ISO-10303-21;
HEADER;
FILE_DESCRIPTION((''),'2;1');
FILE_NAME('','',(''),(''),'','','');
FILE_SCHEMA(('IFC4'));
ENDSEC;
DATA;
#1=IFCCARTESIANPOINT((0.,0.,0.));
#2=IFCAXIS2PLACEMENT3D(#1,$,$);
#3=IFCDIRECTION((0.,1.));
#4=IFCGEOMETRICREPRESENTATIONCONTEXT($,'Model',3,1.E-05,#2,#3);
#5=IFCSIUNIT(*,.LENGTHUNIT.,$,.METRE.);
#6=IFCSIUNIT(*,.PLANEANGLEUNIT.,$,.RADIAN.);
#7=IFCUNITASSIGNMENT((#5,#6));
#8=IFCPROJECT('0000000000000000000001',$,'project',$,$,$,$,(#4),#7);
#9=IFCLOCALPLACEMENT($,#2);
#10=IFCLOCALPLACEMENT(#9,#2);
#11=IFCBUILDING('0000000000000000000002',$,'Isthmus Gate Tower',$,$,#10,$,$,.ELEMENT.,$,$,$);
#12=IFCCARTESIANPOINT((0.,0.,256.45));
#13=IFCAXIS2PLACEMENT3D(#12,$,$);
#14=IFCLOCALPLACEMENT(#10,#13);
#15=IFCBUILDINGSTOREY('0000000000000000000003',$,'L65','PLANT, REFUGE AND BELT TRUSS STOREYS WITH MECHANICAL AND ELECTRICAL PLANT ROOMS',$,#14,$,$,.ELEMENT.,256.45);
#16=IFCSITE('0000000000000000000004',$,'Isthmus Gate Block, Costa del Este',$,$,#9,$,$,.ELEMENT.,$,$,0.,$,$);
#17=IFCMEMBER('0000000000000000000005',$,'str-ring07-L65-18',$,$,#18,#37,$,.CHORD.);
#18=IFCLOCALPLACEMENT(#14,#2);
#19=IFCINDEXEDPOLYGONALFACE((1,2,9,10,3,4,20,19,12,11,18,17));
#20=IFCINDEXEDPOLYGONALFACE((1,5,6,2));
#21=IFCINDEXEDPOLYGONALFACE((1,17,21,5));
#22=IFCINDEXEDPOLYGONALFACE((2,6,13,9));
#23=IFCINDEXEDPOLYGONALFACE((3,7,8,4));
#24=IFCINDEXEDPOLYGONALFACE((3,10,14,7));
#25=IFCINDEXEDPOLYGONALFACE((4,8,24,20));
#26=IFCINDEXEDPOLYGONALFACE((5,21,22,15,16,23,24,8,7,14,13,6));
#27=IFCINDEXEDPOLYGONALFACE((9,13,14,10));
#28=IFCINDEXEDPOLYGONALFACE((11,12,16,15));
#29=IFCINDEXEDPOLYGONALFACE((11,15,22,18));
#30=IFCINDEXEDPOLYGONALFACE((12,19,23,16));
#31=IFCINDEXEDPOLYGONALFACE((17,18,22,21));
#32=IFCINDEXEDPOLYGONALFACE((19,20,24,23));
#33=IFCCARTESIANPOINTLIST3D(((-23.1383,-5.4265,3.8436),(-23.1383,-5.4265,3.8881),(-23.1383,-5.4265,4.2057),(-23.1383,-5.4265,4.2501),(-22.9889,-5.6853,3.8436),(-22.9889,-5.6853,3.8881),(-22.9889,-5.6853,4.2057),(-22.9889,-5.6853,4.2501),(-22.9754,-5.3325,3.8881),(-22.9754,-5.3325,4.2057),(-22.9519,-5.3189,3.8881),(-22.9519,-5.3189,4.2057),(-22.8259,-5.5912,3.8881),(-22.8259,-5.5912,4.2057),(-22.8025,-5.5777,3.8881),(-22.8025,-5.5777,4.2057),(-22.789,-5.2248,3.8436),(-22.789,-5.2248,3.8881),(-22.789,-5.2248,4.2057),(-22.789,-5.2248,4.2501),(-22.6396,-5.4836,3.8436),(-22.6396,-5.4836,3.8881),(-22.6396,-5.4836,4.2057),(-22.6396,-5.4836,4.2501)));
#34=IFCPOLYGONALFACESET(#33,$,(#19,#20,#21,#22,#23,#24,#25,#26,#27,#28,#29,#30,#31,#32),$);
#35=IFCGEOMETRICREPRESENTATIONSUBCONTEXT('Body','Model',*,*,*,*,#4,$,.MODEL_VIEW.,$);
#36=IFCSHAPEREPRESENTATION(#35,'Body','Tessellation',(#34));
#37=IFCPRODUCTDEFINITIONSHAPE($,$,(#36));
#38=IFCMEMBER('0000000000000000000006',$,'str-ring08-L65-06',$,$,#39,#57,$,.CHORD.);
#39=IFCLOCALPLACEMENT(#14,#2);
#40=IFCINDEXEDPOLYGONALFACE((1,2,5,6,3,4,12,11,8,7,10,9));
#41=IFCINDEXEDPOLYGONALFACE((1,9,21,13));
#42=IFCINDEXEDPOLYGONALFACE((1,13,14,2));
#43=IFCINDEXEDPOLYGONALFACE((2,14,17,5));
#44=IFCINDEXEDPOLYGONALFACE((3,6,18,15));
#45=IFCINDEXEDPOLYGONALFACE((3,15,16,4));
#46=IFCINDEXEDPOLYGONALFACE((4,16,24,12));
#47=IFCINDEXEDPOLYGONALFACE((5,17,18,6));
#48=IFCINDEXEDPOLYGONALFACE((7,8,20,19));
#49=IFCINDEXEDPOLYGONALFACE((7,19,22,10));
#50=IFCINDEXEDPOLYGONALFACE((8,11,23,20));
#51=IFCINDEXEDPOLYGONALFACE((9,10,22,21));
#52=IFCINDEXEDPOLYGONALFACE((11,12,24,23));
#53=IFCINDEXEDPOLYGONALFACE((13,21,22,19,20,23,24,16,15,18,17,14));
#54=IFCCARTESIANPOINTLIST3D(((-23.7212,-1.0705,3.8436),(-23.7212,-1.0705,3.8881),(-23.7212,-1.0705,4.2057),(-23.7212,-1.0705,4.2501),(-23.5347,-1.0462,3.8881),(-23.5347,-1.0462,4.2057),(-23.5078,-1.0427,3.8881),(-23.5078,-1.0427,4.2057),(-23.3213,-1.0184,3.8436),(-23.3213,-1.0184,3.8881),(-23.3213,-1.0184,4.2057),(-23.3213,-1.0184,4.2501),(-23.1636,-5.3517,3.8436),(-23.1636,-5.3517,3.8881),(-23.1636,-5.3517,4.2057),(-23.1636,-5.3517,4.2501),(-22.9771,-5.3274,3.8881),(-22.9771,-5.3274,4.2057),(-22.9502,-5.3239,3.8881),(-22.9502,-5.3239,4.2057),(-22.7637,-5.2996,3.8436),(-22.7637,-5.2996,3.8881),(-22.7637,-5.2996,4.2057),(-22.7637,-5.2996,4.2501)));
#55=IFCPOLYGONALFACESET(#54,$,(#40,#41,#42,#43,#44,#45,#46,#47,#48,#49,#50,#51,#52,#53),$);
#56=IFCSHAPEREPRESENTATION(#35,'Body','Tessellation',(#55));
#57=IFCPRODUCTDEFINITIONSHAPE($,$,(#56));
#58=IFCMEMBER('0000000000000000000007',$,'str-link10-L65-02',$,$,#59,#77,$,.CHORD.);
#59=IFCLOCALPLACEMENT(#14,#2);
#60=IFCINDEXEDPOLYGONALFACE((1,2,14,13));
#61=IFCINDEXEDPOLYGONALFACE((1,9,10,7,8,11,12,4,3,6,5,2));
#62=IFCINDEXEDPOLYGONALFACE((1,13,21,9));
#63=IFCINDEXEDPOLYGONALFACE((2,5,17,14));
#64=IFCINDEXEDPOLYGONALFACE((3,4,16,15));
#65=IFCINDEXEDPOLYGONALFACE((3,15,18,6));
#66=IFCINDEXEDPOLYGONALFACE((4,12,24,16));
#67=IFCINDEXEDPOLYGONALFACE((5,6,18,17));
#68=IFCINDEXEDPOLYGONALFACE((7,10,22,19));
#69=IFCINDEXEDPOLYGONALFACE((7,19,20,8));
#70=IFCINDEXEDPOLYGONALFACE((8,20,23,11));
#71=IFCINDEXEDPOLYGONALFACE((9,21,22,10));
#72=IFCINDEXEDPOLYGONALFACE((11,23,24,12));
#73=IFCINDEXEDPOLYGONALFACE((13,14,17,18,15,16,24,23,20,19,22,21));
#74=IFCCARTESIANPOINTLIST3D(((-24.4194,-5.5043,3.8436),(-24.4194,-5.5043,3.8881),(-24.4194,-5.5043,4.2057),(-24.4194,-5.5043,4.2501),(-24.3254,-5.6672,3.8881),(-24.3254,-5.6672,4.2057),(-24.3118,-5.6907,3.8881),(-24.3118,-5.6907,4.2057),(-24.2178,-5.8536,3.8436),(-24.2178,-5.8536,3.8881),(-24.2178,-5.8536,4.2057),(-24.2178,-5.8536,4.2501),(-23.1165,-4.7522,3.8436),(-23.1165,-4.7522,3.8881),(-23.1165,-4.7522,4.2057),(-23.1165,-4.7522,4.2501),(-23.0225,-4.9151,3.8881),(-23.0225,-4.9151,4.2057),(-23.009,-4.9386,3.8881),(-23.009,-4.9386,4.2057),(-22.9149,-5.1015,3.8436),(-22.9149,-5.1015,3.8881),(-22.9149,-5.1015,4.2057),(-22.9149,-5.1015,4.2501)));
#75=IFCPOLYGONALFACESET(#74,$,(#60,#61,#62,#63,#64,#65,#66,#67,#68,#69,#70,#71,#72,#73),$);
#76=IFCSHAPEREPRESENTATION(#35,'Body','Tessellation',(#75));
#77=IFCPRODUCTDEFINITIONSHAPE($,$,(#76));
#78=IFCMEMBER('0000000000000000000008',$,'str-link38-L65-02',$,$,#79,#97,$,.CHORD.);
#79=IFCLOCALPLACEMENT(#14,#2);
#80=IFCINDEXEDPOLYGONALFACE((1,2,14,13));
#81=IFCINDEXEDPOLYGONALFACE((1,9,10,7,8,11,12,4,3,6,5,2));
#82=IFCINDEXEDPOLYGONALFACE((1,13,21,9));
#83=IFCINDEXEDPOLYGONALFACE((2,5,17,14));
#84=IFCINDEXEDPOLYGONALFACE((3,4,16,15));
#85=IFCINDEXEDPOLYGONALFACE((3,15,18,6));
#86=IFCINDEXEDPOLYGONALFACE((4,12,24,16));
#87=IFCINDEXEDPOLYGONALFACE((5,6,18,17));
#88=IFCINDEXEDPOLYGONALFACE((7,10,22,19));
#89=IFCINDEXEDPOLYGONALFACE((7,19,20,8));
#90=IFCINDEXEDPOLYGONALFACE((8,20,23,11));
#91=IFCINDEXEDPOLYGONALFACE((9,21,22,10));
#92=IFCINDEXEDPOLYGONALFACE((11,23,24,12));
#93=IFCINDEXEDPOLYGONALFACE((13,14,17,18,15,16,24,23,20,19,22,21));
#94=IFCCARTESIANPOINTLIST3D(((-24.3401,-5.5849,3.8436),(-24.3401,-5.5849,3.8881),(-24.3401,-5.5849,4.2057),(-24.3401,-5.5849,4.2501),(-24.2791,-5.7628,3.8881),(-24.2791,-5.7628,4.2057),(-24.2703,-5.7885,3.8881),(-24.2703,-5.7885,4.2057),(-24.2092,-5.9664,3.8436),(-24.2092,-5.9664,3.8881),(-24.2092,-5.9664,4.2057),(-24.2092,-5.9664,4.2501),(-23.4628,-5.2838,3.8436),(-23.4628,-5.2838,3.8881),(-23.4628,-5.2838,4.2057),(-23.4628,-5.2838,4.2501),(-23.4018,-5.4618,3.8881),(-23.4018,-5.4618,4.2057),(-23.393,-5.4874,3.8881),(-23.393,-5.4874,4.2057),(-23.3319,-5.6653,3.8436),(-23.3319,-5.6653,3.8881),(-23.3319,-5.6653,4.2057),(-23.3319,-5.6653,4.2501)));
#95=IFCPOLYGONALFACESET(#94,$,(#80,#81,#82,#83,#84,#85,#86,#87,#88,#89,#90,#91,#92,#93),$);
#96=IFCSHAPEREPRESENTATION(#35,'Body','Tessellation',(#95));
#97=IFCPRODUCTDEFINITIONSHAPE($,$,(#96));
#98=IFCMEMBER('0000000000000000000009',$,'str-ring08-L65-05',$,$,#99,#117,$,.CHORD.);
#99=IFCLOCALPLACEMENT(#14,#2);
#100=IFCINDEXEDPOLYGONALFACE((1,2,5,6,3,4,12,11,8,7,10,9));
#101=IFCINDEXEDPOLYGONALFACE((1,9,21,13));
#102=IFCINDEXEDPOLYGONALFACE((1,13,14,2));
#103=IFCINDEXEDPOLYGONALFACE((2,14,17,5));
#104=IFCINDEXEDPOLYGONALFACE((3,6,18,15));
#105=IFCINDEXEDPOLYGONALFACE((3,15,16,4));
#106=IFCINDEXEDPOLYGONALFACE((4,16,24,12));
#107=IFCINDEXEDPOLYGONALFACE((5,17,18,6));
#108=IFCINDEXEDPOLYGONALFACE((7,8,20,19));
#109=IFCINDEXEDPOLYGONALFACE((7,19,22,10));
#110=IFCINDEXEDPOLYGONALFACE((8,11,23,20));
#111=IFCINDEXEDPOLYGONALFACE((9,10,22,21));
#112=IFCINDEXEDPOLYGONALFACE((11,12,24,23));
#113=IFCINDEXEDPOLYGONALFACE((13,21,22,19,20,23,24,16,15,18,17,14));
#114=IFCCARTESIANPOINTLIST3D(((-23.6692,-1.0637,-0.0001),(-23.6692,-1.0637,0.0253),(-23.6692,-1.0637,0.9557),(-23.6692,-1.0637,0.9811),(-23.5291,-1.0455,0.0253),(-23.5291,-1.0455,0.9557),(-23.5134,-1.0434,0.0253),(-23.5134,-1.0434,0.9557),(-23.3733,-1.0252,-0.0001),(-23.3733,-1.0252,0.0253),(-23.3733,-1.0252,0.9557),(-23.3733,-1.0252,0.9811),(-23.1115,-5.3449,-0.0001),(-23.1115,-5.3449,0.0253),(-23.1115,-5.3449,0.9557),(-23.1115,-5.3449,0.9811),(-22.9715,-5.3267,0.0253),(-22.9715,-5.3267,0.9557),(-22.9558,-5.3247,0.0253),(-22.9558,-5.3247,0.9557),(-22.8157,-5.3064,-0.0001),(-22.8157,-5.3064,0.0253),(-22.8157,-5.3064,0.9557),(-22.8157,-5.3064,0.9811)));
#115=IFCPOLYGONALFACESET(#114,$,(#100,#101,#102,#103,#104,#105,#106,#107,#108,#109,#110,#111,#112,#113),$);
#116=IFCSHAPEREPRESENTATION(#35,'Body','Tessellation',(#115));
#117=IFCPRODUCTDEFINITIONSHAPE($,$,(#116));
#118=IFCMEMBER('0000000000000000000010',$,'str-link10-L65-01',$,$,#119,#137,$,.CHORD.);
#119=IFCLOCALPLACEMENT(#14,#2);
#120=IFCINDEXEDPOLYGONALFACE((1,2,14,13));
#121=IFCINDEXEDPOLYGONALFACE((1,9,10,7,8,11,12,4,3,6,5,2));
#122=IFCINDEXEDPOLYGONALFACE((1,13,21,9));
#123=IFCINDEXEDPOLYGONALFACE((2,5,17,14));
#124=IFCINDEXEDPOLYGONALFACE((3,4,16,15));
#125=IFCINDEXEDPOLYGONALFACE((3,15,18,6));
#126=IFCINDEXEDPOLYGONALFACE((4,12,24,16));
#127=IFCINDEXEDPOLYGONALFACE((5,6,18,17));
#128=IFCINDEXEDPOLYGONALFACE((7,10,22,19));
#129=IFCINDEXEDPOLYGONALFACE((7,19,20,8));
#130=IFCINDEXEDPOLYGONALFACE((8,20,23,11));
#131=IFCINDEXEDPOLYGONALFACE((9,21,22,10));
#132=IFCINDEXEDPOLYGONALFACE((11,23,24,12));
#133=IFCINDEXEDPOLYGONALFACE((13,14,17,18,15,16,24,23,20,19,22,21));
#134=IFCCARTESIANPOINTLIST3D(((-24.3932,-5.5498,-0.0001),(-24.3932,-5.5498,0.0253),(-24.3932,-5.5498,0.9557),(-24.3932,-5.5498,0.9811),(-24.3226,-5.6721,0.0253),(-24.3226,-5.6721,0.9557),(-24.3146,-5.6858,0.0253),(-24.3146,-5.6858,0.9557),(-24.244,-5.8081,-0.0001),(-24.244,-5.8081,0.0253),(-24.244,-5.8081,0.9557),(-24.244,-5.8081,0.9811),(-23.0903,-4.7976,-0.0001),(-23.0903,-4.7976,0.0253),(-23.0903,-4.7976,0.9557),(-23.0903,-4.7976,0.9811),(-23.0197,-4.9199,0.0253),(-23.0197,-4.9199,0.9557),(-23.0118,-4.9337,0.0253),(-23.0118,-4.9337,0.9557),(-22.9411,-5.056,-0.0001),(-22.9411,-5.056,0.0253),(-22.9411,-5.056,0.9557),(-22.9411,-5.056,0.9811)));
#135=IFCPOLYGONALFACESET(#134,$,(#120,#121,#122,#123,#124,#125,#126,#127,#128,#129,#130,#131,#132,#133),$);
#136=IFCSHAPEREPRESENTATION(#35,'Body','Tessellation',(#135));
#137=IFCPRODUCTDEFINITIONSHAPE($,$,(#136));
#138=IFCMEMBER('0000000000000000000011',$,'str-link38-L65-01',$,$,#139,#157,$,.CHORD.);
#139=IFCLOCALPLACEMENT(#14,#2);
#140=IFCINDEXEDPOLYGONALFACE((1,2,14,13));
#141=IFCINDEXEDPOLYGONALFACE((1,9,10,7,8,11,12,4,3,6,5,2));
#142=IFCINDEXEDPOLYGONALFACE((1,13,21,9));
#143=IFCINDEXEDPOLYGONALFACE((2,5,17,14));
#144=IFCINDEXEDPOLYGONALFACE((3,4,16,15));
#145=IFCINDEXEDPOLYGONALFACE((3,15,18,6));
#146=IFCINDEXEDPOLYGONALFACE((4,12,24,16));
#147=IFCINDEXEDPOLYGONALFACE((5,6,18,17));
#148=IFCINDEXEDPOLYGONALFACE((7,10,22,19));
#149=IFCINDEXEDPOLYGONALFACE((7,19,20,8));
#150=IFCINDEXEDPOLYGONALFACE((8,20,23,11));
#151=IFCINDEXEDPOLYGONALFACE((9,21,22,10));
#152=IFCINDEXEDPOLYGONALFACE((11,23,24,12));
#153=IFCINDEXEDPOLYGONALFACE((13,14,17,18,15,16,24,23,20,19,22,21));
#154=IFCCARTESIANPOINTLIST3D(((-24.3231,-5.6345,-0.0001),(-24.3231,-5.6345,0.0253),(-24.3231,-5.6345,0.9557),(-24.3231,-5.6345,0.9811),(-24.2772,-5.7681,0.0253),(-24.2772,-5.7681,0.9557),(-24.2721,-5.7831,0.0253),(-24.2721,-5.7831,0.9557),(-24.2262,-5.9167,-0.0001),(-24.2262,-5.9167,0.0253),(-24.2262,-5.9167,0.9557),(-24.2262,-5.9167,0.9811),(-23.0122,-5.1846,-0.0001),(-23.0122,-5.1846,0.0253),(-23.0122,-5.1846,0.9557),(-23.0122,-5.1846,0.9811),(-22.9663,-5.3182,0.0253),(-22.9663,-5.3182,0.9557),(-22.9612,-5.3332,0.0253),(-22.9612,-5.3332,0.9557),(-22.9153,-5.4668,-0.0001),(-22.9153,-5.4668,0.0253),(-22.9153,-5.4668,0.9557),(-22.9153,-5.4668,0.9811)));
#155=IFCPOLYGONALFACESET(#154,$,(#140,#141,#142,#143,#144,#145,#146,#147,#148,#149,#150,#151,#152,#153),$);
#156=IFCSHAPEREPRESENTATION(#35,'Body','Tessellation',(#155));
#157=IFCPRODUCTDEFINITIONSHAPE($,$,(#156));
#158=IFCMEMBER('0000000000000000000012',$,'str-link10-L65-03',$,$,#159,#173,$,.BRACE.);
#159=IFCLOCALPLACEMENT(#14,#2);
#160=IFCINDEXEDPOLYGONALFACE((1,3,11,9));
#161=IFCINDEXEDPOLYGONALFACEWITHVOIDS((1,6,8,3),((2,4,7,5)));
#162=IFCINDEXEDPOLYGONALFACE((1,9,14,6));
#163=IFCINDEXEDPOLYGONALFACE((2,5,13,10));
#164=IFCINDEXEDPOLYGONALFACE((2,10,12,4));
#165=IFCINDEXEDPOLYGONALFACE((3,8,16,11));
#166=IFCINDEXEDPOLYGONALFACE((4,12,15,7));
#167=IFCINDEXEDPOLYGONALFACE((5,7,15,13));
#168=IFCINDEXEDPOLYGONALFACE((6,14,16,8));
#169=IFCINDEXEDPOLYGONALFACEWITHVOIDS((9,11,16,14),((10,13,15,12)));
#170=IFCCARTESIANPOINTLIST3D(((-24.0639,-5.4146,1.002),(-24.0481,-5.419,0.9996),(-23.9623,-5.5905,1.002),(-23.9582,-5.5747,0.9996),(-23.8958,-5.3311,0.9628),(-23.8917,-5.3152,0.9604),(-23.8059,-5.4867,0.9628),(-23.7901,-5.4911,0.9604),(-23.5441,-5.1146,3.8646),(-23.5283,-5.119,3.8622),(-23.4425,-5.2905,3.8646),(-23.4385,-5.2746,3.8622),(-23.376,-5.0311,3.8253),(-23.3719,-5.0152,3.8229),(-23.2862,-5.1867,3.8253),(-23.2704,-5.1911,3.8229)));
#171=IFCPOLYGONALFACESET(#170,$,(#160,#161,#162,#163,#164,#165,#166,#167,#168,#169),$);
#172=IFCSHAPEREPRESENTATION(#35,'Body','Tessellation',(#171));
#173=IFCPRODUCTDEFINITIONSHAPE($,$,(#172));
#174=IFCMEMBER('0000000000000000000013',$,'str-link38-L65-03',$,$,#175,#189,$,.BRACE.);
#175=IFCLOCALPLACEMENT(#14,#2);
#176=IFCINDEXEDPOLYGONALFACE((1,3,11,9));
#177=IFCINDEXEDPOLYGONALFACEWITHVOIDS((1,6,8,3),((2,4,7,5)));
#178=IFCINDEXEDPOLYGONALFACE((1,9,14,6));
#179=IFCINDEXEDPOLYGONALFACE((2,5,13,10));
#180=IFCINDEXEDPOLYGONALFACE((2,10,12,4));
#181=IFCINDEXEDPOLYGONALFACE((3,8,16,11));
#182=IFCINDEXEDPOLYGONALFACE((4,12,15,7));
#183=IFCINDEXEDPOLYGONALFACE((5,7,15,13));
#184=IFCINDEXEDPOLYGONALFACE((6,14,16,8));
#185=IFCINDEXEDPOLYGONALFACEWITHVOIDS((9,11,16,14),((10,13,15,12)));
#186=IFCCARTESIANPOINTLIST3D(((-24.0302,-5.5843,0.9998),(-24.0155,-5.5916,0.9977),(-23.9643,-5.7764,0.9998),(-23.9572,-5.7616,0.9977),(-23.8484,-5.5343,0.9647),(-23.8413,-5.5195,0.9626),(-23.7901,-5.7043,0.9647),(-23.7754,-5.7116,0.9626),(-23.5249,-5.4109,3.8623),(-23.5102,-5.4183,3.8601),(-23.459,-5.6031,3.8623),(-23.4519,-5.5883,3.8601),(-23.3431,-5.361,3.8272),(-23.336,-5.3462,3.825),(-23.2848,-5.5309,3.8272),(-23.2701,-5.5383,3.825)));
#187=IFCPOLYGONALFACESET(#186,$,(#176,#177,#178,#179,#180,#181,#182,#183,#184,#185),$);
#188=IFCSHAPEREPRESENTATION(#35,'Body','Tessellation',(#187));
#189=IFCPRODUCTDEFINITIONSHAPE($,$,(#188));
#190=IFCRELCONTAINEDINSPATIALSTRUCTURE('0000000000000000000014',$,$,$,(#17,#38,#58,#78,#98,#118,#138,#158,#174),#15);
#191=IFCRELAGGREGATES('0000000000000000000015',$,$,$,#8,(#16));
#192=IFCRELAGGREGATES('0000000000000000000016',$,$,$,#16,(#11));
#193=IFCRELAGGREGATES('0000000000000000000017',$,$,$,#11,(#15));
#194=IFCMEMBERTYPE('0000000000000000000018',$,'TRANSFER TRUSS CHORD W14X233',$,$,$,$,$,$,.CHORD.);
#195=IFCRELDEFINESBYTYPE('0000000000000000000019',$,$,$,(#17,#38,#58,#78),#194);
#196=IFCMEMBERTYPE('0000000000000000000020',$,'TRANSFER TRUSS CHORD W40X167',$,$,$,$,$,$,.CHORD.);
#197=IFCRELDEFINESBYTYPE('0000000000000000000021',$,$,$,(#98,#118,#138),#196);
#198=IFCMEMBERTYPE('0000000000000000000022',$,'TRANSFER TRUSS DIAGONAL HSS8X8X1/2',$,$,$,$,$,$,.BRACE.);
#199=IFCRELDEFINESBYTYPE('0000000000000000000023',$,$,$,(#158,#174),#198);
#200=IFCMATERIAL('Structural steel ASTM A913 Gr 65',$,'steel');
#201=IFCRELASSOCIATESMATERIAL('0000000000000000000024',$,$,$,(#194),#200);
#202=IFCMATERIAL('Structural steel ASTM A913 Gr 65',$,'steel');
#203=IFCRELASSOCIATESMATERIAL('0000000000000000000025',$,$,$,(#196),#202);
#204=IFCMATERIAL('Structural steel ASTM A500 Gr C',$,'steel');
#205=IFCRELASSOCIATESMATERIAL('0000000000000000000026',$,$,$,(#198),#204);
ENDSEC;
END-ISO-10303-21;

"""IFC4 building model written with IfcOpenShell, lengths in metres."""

from ifc_helpers import new_model, si_unit, direction, frame, origin, origin_2d, place, context, subcontext, project, spatial, hollow_rectangle, i_section, extrude, material, material_profile, profile_set, type_object, element, save


model = new_model("IFC4")

# Units and contexts
model_context = context("Model", 3, precision=1e-05, world=origin(), true_north=direction((0.0, 1.0)))
body_context = subcontext(model_context, "Body", "Model", "MODEL_VIEW")
ifc_project = project(units=[si_unit("LENGTHUNIT", "METRE"), si_unit("PLANEANGLEUNIT", "RADIAN")], contexts=[model_context])

# Site, building, storey
site_placement = place(None, origin())
site = spatial("IfcSite", under=ifc_project, at=site_placement, Name="Isthmus Gate Block, Costa del Este", CompositionType="ELEMENT", RefElevation=0.0)
building_placement = place(site_placement, origin())
building = spatial("IfcBuilding", under=site, at=building_placement, Name="Isthmus Gate Tower", CompositionType="ELEMENT")
storey_placement = place(building_placement, frame((0.0, 0.0, 256.45)))
storey = spatial("IfcBuildingStorey", under=building, at=storey_placement, Name="L65", Description="PLANT, REFUGE AND BELT TRUSS STOREYS WITH MECHANICAL AND ELECTRICAL PLANT ROOMS", CompositionType="ELEMENT", Elevation=256.45)

# Members
ifc_material_1 = material(Name="Structural steel ASTM A913 Gr 65", Category="steel")
ifc_material_profile_1 = material_profile(ifc_material_1, i_section(OverallWidth=0.4033, OverallDepth=0.4065, WebThickness=0.0271, FlangeThickness=0.0444, at=origin_2d()), Name="W14X233")
ifc_profile_set_1 = profile_set([ifc_material_profile_1], Name="Structural steel ASTM A913 Gr 65")
member_type_1 = type_object("IfcMemberType", Name="TRANSFER TRUSS CHORD W14X233", PredefinedType="CHORD", material=ifc_profile_set_1)
member_1_placement = place(storey_placement, frame((-22.8142, -5.5845, 4.0469), z_axis=(-0.500005, 0.866022, 0.0), x_axis=(-0.866022, -0.500005, 0.0)))
element("IfcMember", 1, at=member_1_placement, inside=storey, type_object=member_type_1, Name="str-ring07-L65-18", PredefinedType="CHORD", context=body_context, shape_type="SweptSolid", body=[
    extrude(i_section(OverallWidth=0.4033, OverallDepth=0.4065, WebThickness=0.0271, FlangeThickness=0.0444, at=origin_2d()), origin(), (0.0, 0.0, 1.0), 0.2988),
])
member_2_placement = place(storey_placement, frame((-22.9636, -5.3257, 4.0469), z_axis=(-0.129155, 0.991624, 0.0), x_axis=(-0.991624, -0.129155, 0.0)))
element("IfcMember", 2, at=member_2_placement, inside=storey, type_object=member_type_1, Name="str-ring08-L65-06", PredefinedType="CHORD", context=body_context, shape_type="SweptSolid", body=[
    extrude(i_section(OverallWidth=0.4033, OverallDepth=0.4065, WebThickness=0.0271, FlangeThickness=0.0444, at=origin_2d()), origin(), (0.0, 0.0, 1.0), 4.3174),
])
member_3_placement = place(storey_placement, frame((-24.3186, -5.679, 4.0469), z_axis=(0.866048, 0.499961, 0.0), x_axis=(-0.499961, 0.866048, 0.0)))
element("IfcMember", 3, at=member_3_placement, inside=storey, type_object=member_type_1, Name="str-link10-L65-02", PredefinedType="CHORD", context=body_context, shape_type="SweptSolid", body=[
    extrude(i_section(OverallWidth=0.4033, OverallDepth=0.4065, WebThickness=0.0271, FlangeThickness=0.0444, at=origin_2d()), origin(), (0.0, 0.0, 1.0), 1.5044),
])
member_4_placement = place(storey_placement, frame((-24.2747, -5.7756, 4.0469), z_axis=(0.945856, 0.324587, 0.0), x_axis=(-0.324587, 0.945856, 0.0)))
element("IfcMember", 4, at=member_4_placement, inside=storey, type_object=member_type_1, Name="str-link38-L65-02", PredefinedType="CHORD", context=body_context, shape_type="SweptSolid", body=[
    extrude(i_section(OverallWidth=0.4033, OverallDepth=0.4065, WebThickness=0.0271, FlangeThickness=0.0444, at=origin_2d()), origin(), (0.0, 0.0, 1.0), 0.9275),
])
ifc_material_2 = material(Name="Structural steel ASTM A913 Gr 65", Category="steel")
ifc_material_profile_2 = material_profile(ifc_material_2, i_section(OverallWidth=0.2983, OverallDepth=0.9812, WebThickness=0.0159, FlangeThickness=0.0254, at=origin_2d()), Name="W40X167")
ifc_profile_set_2 = profile_set([ifc_material_profile_2], Name="Structural steel ASTM A913 Gr 65")
member_type_2 = type_object("IfcMemberType", Name="TRANSFER TRUSS CHORD W40X167", PredefinedType="CHORD", material=ifc_profile_set_2)
member_5_placement = place(storey_placement, frame((-22.9636, -5.3257, 0.4905), z_axis=(-0.129155, 0.991624, 0.0), x_axis=(-0.991624, -0.129155, 0.0)))
element("IfcMember", 5, at=member_5_placement, inside=storey, type_object=member_type_2, Name="str-ring08-L65-05", PredefinedType="CHORD", context=body_context, shape_type="SweptSolid", body=[
    extrude(i_section(OverallWidth=0.2983, OverallDepth=0.9812, WebThickness=0.0159, FlangeThickness=0.0254, at=origin_2d()), origin(), (0.0, 0.0, 1.0), 4.3174),
])
member_6_placement = place(storey_placement, frame((-24.3186, -5.679, 0.4905), z_axis=(0.866048, 0.499961, 0.0), x_axis=(-0.499961, 0.866048, 0.0)))
element("IfcMember", 6, at=member_6_placement, inside=storey, type_object=member_type_2, Name="str-link10-L65-01", PredefinedType="CHORD", context=body_context, shape_type="SweptSolid", body=[
    extrude(i_section(OverallWidth=0.2983, OverallDepth=0.9812, WebThickness=0.0159, FlangeThickness=0.0254, at=origin_2d()), origin(), (0.0, 0.0, 1.0), 1.5044),
])
member_7_placement = place(storey_placement, frame((-24.2747, -5.7756, 0.4905), z_axis=(0.945846, 0.324617, 0.0), x_axis=(-0.324617, 0.945846, 0.0)))
element("IfcMember", 7, at=member_7_placement, inside=storey, type_object=member_type_2, Name="str-link38-L65-01", PredefinedType="CHORD", context=body_context, shape_type="SweptSolid", body=[
    extrude(i_section(OverallWidth=0.2983, OverallDepth=0.9812, WebThickness=0.0159, FlangeThickness=0.0254, at=origin_2d()), origin(), (0.0, 0.0, 1.0), 1.386),
])
ifc_material_3 = material(Name="Structural steel ASTM A500 Gr C", Category="steel")
ifc_material_profile_3 = material_profile(ifc_material_3, hollow_rectangle(XDim=0.2031, YDim=0.2031, WallThickness=0.0117, at=origin_2d()), Name="HSS8X8X1/2")
ifc_profile_set_3 = profile_set([ifc_material_profile_3], Name="Structural steel ASTM A500 Gr C")
member_type_3 = type_object("IfcMemberType", Name="TRANSFER TRUSS DIAGONAL HSS8X8X1/2", PredefinedType="BRACE", material=ifc_profile_set_3)
member_8_placement = place(storey_placement, frame((-23.927, -5.4529, 0.9812), z_axis=(0.177714, 0.102588, 0.97872), x_axis=(-0.499945, 0.866057, 0.0)))
element("IfcMember", 8, at=member_8_placement, inside=storey, type_object=member_type_3, Name="str-link10-L65-03", PredefinedType="BRACE", context=body_context, shape_type="SweptSolid", body=[
    extrude(hollow_rectangle(XDim=0.2031, YDim=0.2031, WallThickness=0.0117, at=origin_2d()), origin(), (0.0, 0.0, 1.0), 2.9248),
])
member_9_placement = place(storey_placement, frame((-23.9028, -5.6479, 0.9812), z_axis=(0.173549, 0.059526, 0.983025), x_axis=(-0.324441, 0.945906, 0.0)))
element("IfcMember", 9, at=member_9_placement, inside=storey, type_object=member_type_3, Name="str-link38-L65-03", PredefinedType="BRACE", context=body_context, shape_type="SweptSolid", body=[
    extrude(hollow_rectangle(XDim=0.2031, YDim=0.2031, WallThickness=0.0117, at=origin_2d()), origin(), (0.0, 0.0, 1.0), 2.9119),
])

save(model, "model.ifc")
